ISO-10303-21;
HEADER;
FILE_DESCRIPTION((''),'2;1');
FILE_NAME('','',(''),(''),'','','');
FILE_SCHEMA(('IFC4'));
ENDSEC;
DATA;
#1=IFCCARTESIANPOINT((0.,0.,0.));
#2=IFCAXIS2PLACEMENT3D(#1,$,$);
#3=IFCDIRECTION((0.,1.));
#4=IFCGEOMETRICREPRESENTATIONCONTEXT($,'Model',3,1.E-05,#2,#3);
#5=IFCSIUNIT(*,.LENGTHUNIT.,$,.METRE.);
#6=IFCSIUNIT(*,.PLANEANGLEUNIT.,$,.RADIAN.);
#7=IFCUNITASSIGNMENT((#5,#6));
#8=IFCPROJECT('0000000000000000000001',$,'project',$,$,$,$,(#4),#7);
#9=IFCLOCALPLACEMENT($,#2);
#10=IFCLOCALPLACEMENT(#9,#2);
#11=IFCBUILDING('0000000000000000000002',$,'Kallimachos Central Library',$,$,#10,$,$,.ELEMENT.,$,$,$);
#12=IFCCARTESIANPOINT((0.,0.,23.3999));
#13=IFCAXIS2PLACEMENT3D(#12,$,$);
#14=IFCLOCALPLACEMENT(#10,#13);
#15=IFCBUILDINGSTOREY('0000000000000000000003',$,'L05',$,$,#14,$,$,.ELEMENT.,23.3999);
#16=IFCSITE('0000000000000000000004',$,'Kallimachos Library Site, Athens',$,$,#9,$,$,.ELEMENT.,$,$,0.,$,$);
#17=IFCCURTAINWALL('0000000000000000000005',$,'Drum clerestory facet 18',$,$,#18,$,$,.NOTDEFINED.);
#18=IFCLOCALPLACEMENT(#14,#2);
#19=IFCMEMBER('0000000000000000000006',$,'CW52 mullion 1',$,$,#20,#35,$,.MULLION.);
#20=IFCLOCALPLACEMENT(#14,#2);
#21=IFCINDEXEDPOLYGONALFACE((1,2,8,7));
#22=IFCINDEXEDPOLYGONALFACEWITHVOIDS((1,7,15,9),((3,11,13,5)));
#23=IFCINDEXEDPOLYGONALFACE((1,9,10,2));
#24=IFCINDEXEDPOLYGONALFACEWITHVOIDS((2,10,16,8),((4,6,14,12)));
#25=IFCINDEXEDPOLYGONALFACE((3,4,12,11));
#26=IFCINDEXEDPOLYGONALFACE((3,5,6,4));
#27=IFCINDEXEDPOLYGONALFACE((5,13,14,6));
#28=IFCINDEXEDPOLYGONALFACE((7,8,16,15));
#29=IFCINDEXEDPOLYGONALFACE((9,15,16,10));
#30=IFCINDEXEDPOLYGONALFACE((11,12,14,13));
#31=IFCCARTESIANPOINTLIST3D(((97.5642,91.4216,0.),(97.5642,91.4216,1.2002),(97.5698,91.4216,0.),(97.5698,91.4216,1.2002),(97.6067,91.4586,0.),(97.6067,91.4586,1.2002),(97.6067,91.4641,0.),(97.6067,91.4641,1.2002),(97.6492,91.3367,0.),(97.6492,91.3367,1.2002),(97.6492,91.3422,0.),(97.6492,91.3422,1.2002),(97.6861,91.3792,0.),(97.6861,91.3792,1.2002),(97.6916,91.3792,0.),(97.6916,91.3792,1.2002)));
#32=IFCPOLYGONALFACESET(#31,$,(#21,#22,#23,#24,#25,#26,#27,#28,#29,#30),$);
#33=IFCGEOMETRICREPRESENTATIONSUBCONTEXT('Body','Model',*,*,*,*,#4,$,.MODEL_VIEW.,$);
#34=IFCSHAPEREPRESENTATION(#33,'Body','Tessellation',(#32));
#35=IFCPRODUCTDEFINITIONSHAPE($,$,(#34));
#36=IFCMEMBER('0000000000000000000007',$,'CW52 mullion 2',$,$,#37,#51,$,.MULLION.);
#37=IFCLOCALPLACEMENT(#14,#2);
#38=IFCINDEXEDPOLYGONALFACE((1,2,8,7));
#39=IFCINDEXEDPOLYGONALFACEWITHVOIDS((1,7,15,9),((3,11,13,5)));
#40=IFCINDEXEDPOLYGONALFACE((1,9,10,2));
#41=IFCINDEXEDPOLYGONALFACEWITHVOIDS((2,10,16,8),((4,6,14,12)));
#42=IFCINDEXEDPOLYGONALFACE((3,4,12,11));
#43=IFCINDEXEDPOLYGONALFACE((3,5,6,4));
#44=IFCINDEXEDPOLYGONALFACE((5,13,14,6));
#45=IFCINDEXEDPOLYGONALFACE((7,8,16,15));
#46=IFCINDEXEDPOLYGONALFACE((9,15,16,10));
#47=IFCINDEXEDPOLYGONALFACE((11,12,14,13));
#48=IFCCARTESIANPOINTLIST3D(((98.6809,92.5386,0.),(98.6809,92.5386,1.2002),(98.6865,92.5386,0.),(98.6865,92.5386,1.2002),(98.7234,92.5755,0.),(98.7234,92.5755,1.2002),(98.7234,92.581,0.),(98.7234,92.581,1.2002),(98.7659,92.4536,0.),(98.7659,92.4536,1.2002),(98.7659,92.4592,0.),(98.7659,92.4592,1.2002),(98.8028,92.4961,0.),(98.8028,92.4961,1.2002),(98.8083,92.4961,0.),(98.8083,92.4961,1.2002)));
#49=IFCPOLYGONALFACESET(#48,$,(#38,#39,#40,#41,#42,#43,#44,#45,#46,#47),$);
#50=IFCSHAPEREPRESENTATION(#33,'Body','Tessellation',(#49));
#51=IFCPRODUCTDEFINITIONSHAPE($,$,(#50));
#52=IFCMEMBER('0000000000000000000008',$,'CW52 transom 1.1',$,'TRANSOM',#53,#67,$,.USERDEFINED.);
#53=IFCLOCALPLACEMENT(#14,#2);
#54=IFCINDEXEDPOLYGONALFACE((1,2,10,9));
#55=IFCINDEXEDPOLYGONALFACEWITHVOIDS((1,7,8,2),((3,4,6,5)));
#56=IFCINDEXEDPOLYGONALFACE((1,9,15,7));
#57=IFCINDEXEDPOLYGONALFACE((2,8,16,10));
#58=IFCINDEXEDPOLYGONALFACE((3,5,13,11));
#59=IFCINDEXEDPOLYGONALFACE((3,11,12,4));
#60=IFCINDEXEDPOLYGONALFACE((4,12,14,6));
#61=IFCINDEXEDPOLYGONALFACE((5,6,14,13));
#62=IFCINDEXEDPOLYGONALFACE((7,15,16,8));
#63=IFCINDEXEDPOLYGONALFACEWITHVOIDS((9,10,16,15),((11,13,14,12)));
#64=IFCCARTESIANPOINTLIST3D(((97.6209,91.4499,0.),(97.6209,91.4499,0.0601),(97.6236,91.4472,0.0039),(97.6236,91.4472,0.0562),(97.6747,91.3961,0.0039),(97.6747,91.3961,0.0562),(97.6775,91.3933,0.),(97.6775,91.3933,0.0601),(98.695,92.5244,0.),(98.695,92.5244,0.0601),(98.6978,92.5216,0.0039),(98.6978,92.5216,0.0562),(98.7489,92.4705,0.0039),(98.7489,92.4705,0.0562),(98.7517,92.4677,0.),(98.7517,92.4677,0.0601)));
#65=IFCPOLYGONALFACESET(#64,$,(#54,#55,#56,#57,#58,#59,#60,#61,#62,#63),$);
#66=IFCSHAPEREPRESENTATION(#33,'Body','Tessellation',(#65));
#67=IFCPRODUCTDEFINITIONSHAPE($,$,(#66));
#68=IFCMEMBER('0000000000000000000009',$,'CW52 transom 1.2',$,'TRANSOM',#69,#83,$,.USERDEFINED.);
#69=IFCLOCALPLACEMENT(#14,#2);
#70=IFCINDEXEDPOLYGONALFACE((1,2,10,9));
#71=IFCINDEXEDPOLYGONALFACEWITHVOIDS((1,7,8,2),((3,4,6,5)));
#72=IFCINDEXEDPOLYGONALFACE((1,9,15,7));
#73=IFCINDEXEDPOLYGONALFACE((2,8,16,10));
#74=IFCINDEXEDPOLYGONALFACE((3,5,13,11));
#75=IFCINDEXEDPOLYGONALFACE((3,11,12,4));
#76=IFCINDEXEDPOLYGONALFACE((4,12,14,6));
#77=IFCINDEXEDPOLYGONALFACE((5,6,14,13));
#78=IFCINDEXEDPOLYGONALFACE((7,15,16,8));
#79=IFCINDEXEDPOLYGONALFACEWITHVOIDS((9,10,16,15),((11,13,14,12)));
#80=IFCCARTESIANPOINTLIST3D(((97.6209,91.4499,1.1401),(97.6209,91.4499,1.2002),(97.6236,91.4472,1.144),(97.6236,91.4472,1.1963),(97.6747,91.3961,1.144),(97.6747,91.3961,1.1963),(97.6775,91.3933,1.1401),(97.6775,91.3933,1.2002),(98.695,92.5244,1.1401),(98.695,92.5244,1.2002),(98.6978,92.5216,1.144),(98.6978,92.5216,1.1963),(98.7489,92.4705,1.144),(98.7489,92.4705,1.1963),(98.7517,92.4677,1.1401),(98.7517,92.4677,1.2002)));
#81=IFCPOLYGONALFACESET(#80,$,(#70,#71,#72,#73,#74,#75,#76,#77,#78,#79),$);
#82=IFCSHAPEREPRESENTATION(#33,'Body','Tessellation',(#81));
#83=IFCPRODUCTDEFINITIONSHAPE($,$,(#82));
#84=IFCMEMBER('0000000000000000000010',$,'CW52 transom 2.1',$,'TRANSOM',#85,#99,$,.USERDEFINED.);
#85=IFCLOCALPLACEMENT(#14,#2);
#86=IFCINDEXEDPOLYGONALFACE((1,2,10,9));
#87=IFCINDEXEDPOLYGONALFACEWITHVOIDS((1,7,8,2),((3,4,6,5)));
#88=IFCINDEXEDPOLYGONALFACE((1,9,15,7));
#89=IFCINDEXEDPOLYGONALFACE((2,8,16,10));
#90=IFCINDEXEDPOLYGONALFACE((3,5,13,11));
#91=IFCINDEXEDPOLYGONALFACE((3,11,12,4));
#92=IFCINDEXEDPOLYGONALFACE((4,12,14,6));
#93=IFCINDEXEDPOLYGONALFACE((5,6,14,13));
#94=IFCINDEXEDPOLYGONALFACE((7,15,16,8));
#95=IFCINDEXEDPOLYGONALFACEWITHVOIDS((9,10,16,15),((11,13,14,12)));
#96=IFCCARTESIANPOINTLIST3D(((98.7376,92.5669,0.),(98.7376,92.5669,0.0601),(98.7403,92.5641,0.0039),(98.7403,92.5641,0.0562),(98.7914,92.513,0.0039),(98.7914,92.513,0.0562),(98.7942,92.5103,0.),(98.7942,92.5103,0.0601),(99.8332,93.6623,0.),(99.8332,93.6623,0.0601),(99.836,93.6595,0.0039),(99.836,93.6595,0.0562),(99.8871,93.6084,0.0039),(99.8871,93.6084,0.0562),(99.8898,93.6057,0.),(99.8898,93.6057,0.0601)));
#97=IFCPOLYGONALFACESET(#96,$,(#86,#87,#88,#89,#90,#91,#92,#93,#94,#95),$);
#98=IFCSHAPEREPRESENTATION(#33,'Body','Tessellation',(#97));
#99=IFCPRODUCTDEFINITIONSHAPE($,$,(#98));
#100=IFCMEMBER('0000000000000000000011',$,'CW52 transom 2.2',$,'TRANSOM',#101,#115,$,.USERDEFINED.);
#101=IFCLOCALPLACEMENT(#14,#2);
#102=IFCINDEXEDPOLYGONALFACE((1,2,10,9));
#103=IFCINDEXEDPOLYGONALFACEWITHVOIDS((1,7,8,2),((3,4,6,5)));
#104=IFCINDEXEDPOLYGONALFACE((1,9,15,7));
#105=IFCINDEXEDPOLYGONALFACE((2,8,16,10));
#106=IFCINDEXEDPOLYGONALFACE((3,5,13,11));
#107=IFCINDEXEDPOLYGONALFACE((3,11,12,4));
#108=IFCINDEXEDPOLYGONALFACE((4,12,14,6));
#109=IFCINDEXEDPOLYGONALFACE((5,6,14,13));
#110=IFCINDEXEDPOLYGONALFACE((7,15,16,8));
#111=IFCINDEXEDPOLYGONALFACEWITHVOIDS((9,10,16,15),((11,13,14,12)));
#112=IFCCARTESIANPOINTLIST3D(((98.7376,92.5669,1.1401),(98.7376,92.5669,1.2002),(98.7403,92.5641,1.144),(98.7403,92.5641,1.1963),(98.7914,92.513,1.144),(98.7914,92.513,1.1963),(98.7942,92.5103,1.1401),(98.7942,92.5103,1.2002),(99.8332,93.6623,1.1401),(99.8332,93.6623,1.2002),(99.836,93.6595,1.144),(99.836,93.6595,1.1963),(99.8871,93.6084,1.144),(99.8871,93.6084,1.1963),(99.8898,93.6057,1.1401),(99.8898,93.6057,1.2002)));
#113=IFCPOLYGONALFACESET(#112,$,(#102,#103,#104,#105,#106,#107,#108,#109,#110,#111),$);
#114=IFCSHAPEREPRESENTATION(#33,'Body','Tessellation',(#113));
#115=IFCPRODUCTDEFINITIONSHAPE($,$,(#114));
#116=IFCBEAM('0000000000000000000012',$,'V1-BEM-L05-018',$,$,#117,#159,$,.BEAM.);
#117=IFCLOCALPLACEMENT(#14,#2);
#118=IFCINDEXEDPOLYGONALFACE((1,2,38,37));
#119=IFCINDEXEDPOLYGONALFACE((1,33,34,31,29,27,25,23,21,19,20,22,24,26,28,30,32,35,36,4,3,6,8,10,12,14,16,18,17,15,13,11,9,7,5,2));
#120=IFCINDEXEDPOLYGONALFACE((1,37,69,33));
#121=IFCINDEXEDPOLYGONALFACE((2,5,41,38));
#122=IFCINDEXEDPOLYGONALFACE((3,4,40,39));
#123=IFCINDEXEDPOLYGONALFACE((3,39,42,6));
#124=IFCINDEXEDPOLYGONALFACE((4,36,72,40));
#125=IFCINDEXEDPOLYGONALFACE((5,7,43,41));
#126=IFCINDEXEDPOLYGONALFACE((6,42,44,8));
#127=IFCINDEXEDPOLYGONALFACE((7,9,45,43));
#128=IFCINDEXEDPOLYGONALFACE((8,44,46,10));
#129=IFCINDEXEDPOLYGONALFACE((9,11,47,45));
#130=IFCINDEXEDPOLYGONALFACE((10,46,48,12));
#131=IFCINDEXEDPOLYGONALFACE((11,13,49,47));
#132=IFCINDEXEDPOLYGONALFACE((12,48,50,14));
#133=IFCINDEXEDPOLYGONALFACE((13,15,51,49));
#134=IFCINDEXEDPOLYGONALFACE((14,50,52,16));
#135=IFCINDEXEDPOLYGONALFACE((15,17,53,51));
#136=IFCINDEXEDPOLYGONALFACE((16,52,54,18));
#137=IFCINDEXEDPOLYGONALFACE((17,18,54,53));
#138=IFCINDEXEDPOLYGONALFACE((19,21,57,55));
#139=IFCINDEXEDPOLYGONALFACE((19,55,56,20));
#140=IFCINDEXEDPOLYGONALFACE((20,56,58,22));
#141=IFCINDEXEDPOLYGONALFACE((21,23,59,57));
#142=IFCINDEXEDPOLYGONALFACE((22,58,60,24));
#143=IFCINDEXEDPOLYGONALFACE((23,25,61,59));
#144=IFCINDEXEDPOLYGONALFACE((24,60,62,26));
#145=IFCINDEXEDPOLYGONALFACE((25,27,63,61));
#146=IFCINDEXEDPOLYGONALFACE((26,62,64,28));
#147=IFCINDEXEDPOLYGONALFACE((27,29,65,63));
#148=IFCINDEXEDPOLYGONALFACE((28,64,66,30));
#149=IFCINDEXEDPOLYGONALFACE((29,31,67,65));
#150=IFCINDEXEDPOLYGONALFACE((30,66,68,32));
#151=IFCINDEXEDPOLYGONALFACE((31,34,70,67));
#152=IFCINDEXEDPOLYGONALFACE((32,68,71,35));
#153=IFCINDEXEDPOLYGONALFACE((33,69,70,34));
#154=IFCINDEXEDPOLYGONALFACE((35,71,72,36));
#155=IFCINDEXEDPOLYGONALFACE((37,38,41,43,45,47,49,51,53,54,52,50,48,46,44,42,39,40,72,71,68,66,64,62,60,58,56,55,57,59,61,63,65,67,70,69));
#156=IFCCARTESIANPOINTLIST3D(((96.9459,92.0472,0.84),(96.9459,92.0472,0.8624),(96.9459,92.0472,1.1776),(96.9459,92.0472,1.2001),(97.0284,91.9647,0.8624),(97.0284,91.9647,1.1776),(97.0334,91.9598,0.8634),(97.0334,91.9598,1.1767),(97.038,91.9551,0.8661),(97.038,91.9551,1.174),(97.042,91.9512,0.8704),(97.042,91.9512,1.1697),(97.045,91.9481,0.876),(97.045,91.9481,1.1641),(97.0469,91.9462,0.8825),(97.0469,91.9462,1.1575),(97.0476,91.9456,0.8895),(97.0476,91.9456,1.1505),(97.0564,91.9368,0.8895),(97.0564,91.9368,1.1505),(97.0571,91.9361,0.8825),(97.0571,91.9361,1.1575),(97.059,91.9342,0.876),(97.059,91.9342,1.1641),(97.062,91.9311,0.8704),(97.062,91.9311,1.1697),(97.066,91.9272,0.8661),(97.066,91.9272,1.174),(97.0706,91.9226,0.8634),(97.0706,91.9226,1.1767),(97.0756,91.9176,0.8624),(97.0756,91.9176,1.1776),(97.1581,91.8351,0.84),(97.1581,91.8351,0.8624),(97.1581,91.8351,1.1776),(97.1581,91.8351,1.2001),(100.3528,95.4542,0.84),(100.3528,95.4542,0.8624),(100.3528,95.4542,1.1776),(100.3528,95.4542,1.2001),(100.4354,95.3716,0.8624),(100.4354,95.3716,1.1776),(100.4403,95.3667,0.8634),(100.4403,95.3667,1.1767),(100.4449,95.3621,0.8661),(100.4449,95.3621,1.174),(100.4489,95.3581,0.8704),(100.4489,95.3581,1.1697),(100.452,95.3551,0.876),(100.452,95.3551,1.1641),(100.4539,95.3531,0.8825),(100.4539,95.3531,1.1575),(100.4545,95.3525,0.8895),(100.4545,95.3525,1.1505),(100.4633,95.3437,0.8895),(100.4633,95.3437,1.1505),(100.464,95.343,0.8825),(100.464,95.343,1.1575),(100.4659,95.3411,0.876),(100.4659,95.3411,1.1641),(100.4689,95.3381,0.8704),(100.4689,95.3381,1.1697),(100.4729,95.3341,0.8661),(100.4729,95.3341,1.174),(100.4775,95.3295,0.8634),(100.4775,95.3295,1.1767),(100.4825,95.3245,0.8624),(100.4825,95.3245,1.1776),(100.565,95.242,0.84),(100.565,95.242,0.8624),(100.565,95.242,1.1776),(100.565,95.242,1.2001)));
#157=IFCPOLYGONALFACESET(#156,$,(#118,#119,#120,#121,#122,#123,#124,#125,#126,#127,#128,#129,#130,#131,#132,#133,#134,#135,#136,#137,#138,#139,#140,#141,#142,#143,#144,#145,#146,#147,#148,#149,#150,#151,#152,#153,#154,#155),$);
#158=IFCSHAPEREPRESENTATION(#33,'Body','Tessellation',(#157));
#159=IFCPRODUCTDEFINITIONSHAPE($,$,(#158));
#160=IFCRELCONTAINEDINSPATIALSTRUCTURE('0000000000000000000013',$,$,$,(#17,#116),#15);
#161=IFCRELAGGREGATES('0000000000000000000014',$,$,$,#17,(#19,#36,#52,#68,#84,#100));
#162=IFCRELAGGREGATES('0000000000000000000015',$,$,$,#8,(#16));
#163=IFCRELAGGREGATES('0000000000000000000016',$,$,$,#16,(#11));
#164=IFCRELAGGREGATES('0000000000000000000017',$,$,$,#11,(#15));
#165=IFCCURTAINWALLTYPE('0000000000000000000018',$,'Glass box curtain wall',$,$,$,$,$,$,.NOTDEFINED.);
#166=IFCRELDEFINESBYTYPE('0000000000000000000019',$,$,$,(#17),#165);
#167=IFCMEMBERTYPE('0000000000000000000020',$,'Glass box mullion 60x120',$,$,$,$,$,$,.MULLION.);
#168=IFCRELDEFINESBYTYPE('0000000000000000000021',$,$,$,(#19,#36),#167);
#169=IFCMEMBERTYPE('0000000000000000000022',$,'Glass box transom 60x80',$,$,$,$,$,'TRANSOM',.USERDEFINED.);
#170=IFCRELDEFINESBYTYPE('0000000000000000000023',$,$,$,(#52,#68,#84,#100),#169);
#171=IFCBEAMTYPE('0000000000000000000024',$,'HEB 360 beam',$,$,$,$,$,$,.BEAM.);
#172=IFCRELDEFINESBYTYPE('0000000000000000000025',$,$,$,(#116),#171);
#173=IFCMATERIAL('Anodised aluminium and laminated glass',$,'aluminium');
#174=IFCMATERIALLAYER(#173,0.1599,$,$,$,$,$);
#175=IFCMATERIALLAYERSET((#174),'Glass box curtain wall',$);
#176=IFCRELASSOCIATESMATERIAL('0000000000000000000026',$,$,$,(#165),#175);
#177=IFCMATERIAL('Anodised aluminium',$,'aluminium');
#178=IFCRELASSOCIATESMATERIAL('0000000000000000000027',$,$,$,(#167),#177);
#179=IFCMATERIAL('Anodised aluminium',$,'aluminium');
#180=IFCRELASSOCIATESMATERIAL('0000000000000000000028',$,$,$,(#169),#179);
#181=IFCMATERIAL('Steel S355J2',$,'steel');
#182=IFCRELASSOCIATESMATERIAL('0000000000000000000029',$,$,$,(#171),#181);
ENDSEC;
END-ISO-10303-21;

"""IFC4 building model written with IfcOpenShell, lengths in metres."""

from ifc_helpers import new_model, si_unit, direction, frame, origin, origin_2d, place, context, subcontext, project, spatial, hollow_rectangle, i_section, extrude, material, layer, layer_set, material_profile, profile_set, type_object, element, aggregate, save


model = new_model("IFC4")

# Units and contexts
model_context = context("Model", 3, precision=1e-05, world=origin(), true_north=direction((0.0, 1.0)))
body_context = subcontext(model_context, "Body", "Model", "MODEL_VIEW")
ifc_project = project(units=[si_unit("LENGTHUNIT", "METRE"), si_unit("PLANEANGLEUNIT", "RADIAN")], contexts=[model_context])

# Site, building, storey
site_placement = place(None, origin())
site = spatial("IfcSite", under=ifc_project, at=site_placement, Name="Kallimachos Library Site, Athens", CompositionType="ELEMENT", RefElevation=0.0)
building_placement = place(site_placement, origin())
building = spatial("IfcBuilding", under=site, at=building_placement, Name="Kallimachos Central Library", CompositionType="ELEMENT")
storey_placement = place(building_placement, frame((0.0, 0.0, 23.3999)))
storey = spatial("IfcBuildingStorey", under=building, at=storey_placement, Name="L05", CompositionType="ELEMENT", Elevation=23.3999)

# Shared definitions
ifc_material_1 = material(Name="Anodised aluminium and laminated glass", Category="aluminium")
ifc_layer_1 = layer(ifc_material_1, 0.1599)
ifc_layer_set_1 = layer_set([ifc_layer_1], Name="Glass box curtain wall")
curtain_wall_type = type_object("IfcCurtainWallType", Name="Glass box curtain wall", PredefinedType="NOTDEFINED", material=ifc_layer_set_1)
ifc_material_2 = material(Name="Anodised aluminium", Category="aluminium")
ifc_material_profile_1 = material_profile(ifc_material_2, hollow_rectangle(XDim=0.0601, YDim=0.1201, WallThickness=0.0039, at=origin_2d()), Name="ALU MULLION 60x120")
ifc_profile_set_1 = profile_set([ifc_material_profile_1], Name="Anodised aluminium")
member_type_1 = type_object("IfcMemberType", Name="Glass box mullion 60x120", PredefinedType="MULLION", material=ifc_profile_set_1)

# Curtain wall, members
curtain_wall_1_placement = place(storey_placement, origin())
curtain_wall_1 = element("IfcCurtainWall", 1, at=curtain_wall_1_placement, inside=storey, type_object=curtain_wall_type, Name="Drum clerestory facet 18", PredefinedType="NOTDEFINED")
member_1_placement = place(storey_placement, frame((97.6279, 91.4004, 0.0), z_axis=(0.0, 0.0, 1.0), x_axis=(0.707107, 0.707107, 0.0)))
member_1 = element("IfcMember", 2, at=member_1_placement, type_object=member_type_1, Name="CW52 mullion 1", PredefinedType="MULLION", context=body_context, shape_type="SweptSolid", body=[
    extrude(hollow_rectangle(XDim=0.0601, YDim=0.1201, WallThickness=0.0039, at=origin_2d()), origin(), (0.0, 0.0, 1.0), 1.2002),
])
member_2_placement = place(storey_placement, frame((98.7446, 92.5173, 0.0), z_axis=(0.0, 0.0, 1.0), x_axis=(0.707107, 0.707107, 0.0)))
member_2 = element("IfcMember", 3, at=member_2_placement, type_object=member_type_1, Name="CW52 mullion 2", PredefinedType="MULLION", context=body_context, shape_type="SweptSolid", body=[
    extrude(hollow_rectangle(XDim=0.0601, YDim=0.1201, WallThickness=0.0039, at=origin_2d()), origin(), (0.0, 0.0, 1.0), 1.2002),
])
ifc_material_3 = material(Name="Anodised aluminium", Category="aluminium")
ifc_material_profile_2 = material_profile(ifc_material_3, hollow_rectangle(XDim=0.0601, YDim=0.0801, WallThickness=0.0039, at=origin_2d()), Name="ALU TRANSOM 60x80")
ifc_profile_set_2 = profile_set([ifc_material_profile_2], Name="Anodised aluminium")
member_type_2 = type_object("IfcMemberType", Name="Glass box transom 60x80", ElementType="TRANSOM", PredefinedType="USERDEFINED", material=ifc_profile_set_2)
member_3_placement = place(storey_placement, frame((97.6492, 91.4216, 0.03), z_axis=(0.707026, 0.707187, 0.0), x_axis=(0.0, 0.0, 1.0)))
member_3 = element("IfcMember", 4, at=member_3_placement, type_object=member_type_2, Name="CW52 transom 1.1", ObjectType="TRANSOM", PredefinedType="USERDEFINED", context=body_context, shape_type="SweptSolid", body=[
    extrude(hollow_rectangle(XDim=0.0601, YDim=0.0801, WallThickness=0.0039, at=origin_2d()), origin(), (0.0, 0.0, 1.0), 1.5193),
])
member_4_placement = place(storey_placement, frame((97.6492, 91.4216, 1.1702), z_axis=(0.707026, 0.707187, 0.0), x_axis=(0.0, 0.0, 1.0)))
member_4 = element("IfcMember", 5, at=member_4_placement, type_object=member_type_2, Name="CW52 transom 1.2", ObjectType="TRANSOM", PredefinedType="USERDEFINED", context=body_context, shape_type="SweptSolid", body=[
    extrude(hollow_rectangle(XDim=0.0601, YDim=0.0801, WallThickness=0.0039, at=origin_2d()), origin(), (0.0, 0.0, 1.0), 1.5193),
])
member_5_placement = place(storey_placement, frame((98.7659, 92.5386, 0.03), z_axis=(0.707186, 0.707028, 0.0), x_axis=(0.0, 0.0, 1.0)))
member_5 = element("IfcMember", 6, at=member_5_placement, type_object=member_type_2, Name="CW52 transom 2.1", ObjectType="TRANSOM", PredefinedType="USERDEFINED", context=body_context, shape_type="SweptSolid", body=[
    extrude(hollow_rectangle(XDim=0.0601, YDim=0.0801, WallThickness=0.0039, at=origin_2d()), origin(), (0.0, 0.0, 1.0), 1.5493),
])
member_6_placement = place(storey_placement, frame((98.7659, 92.5386, 1.1702), z_axis=(0.707186, 0.707028, 0.0), x_axis=(0.0, 0.0, 1.0)))
member_6 = element("IfcMember", 7, at=member_6_placement, type_object=member_type_2, Name="CW52 transom 2.2", ObjectType="TRANSOM", PredefinedType="USERDEFINED", context=body_context, shape_type="SweptSolid", body=[
    extrude(hollow_rectangle(XDim=0.0601, YDim=0.0801, WallThickness=0.0039, at=origin_2d()), origin(), (0.0, 0.0, 1.0), 1.5493),
])

# Beam
ifc_material_4 = material(Name="Steel S355J2", Category="steel")
ifc_material_profile_3 = material_profile(ifc_material_4, i_section(OverallWidth=0.3, OverallDepth=0.3601, WebThickness=0.0125, FlangeThickness=0.0225, FilletRadius=0.0271, at=origin_2d()), Name="HEB 360")
ifc_profile_set_3 = profile_set([ifc_material_profile_3], Name="Steel S355J2")
beam_type = type_object("IfcBeamType", Name="HEB 360 beam", PredefinedType="BEAM", material=ifc_profile_set_3)
beam_placement = place(storey_placement, frame((97.052, 91.9412, 1.02), z_axis=(0.707107, 0.707107, 0.0), x_axis=(-0.707107, 0.707107, 0.0)))
element("IfcBeam", 8, at=beam_placement, inside=storey, type_object=beam_type, Name="V1-BEM-L05-018", PredefinedType="BEAM", context=body_context, shape_type="SweptSolid", body=[
    extrude(i_section(OverallWidth=0.3, OverallDepth=0.3601, WebThickness=0.0125, FlangeThickness=0.0225, FilletRadius=0.0271, at=origin_2d()), origin(), (0.0, 0.0, 1.0), 4.8181),
])

aggregate(curtain_wall_1, [member_1, member_2, member_3, member_4, member_5, member_6])

save(model, "model.ifc")
